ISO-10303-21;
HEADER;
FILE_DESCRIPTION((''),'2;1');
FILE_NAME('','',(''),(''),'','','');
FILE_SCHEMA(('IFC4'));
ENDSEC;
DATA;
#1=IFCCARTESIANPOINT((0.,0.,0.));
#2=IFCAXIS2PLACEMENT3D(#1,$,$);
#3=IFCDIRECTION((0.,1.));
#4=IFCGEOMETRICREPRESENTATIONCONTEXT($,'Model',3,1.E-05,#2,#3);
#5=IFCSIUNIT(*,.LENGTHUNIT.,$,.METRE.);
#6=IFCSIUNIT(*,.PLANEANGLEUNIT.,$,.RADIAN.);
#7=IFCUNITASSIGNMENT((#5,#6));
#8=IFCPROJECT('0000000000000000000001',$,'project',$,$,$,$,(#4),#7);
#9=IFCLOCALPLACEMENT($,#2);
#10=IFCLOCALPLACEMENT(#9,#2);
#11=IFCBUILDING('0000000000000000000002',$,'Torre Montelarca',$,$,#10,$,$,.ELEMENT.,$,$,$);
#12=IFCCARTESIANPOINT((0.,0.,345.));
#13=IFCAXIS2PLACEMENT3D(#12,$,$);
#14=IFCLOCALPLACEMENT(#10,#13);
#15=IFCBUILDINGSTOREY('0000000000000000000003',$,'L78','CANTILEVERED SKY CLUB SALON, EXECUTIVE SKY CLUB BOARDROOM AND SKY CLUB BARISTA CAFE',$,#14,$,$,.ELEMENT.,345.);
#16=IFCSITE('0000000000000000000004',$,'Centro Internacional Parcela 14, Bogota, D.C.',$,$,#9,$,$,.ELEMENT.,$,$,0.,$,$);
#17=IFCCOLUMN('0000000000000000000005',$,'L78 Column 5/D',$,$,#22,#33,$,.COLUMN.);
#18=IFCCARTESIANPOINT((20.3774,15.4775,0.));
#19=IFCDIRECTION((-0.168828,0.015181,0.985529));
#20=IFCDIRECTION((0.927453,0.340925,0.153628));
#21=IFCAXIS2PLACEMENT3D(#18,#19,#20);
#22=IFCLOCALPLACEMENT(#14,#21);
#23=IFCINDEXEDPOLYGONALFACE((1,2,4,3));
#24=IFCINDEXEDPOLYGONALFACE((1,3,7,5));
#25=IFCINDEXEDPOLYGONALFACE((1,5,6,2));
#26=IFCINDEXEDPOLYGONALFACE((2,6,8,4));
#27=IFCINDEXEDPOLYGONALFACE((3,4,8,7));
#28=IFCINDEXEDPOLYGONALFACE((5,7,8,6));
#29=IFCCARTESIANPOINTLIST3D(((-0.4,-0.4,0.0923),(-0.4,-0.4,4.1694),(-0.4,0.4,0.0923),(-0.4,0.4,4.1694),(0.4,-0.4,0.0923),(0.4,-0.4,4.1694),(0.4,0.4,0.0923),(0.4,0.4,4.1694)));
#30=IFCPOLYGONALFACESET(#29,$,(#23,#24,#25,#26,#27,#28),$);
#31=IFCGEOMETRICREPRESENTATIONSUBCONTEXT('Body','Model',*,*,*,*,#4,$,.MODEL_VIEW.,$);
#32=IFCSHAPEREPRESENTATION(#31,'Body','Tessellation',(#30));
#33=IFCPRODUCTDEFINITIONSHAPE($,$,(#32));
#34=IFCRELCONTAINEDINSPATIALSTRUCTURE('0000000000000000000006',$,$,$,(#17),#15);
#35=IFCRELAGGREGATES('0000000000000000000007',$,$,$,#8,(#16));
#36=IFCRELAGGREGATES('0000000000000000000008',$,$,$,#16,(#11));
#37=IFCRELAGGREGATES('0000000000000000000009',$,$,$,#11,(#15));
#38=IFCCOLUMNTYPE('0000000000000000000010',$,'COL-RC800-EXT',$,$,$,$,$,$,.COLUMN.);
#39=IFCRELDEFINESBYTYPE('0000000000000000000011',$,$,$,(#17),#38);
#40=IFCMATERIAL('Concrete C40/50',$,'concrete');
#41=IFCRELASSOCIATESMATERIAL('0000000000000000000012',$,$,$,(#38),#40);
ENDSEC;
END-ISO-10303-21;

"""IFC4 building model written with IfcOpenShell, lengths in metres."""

from ifc_helpers import new_model, si_unit, direction, frame, origin, origin_2d, place, context, subcontext, project, spatial, rectangle, extrude, clip, halfspace, material, material_profile, profile_set, type_object, element, save


model = new_model("IFC4")

# Units and contexts
model_context = context("Model", 3, precision=1e-05, world=origin(), true_north=direction((0.0, 1.0)))
body_context = subcontext(model_context, "Body", "Model", "MODEL_VIEW")
ifc_project = project(units=[si_unit("LENGTHUNIT", "METRE"), si_unit("PLANEANGLEUNIT", "RADIAN")], contexts=[model_context])

# Site, building, storey
site_placement = place(None, origin())
site = spatial("IfcSite", under=ifc_project, at=site_placement, Name="Centro Internacional Parcela 14, Bogota, D.C.", CompositionType="ELEMENT", RefElevation=0.0)
building_placement = place(site_placement, origin())
building = spatial("IfcBuilding", under=site, at=building_placement, Name="Torre Montelarca", CompositionType="ELEMENT")
storey_placement = place(building_placement, frame((0.0, 0.0, 345.0)))
storey = spatial("IfcBuildingStorey", under=building, at=storey_placement, Name="L78", Description="CANTILEVERED SKY CLUB SALON, EXECUTIVE SKY CLUB BOARDROOM AND SKY CLUB BARISTA CAFE", CompositionType="ELEMENT", Elevation=345.0)

# Column
ifc_material_1 = material(Name="Concrete C40/50", Category="concrete")
ifc_material_profile_1 = material_profile(ifc_material_1, rectangle(XDim=0.8, YDim=0.8, at=origin_2d()), Name="RC800X800", Category="concrete")
ifc_profile_set_1 = profile_set([ifc_material_profile_1], Name="Concrete C40/50")
column_type_1 = type_object("IfcColumnType", Name="COL-RC800-EXT", PredefinedType="COLUMN", material=ifc_profile_set_1)
column_1_placement = place(storey_placement, frame((20.3774, 15.4775, 0.0), z_axis=(-0.168828, 0.015181, 0.985529), x_axis=(0.927453, 0.340925, 0.153628)))
element("IfcColumn", 1, at=column_1_placement, inside=storey, type_object=column_type_1, Name="L78 Column 5/D", PredefinedType="COLUMN", context=body_context, shape_type="Clipping", body=[
    clip(clip(extrude(rectangle(XDim=0.8, YDim=0.8, at=origin_2d()), origin(), (0.0, 0.0, 1.0), 4.2617), halfspace(frame((0.0, 0.0, 0.0923), z_axis=(0.0, 0.0, -1.0), x_axis=(1.0, 0.0, 0.0)), False)), halfspace(frame((0.0, 0.0, 4.1694), z_axis=(0.0, 0.0, 1.0), x_axis=(1.0, 0.0, 0.0)), False)),
])

save(model, "model.ifc")
